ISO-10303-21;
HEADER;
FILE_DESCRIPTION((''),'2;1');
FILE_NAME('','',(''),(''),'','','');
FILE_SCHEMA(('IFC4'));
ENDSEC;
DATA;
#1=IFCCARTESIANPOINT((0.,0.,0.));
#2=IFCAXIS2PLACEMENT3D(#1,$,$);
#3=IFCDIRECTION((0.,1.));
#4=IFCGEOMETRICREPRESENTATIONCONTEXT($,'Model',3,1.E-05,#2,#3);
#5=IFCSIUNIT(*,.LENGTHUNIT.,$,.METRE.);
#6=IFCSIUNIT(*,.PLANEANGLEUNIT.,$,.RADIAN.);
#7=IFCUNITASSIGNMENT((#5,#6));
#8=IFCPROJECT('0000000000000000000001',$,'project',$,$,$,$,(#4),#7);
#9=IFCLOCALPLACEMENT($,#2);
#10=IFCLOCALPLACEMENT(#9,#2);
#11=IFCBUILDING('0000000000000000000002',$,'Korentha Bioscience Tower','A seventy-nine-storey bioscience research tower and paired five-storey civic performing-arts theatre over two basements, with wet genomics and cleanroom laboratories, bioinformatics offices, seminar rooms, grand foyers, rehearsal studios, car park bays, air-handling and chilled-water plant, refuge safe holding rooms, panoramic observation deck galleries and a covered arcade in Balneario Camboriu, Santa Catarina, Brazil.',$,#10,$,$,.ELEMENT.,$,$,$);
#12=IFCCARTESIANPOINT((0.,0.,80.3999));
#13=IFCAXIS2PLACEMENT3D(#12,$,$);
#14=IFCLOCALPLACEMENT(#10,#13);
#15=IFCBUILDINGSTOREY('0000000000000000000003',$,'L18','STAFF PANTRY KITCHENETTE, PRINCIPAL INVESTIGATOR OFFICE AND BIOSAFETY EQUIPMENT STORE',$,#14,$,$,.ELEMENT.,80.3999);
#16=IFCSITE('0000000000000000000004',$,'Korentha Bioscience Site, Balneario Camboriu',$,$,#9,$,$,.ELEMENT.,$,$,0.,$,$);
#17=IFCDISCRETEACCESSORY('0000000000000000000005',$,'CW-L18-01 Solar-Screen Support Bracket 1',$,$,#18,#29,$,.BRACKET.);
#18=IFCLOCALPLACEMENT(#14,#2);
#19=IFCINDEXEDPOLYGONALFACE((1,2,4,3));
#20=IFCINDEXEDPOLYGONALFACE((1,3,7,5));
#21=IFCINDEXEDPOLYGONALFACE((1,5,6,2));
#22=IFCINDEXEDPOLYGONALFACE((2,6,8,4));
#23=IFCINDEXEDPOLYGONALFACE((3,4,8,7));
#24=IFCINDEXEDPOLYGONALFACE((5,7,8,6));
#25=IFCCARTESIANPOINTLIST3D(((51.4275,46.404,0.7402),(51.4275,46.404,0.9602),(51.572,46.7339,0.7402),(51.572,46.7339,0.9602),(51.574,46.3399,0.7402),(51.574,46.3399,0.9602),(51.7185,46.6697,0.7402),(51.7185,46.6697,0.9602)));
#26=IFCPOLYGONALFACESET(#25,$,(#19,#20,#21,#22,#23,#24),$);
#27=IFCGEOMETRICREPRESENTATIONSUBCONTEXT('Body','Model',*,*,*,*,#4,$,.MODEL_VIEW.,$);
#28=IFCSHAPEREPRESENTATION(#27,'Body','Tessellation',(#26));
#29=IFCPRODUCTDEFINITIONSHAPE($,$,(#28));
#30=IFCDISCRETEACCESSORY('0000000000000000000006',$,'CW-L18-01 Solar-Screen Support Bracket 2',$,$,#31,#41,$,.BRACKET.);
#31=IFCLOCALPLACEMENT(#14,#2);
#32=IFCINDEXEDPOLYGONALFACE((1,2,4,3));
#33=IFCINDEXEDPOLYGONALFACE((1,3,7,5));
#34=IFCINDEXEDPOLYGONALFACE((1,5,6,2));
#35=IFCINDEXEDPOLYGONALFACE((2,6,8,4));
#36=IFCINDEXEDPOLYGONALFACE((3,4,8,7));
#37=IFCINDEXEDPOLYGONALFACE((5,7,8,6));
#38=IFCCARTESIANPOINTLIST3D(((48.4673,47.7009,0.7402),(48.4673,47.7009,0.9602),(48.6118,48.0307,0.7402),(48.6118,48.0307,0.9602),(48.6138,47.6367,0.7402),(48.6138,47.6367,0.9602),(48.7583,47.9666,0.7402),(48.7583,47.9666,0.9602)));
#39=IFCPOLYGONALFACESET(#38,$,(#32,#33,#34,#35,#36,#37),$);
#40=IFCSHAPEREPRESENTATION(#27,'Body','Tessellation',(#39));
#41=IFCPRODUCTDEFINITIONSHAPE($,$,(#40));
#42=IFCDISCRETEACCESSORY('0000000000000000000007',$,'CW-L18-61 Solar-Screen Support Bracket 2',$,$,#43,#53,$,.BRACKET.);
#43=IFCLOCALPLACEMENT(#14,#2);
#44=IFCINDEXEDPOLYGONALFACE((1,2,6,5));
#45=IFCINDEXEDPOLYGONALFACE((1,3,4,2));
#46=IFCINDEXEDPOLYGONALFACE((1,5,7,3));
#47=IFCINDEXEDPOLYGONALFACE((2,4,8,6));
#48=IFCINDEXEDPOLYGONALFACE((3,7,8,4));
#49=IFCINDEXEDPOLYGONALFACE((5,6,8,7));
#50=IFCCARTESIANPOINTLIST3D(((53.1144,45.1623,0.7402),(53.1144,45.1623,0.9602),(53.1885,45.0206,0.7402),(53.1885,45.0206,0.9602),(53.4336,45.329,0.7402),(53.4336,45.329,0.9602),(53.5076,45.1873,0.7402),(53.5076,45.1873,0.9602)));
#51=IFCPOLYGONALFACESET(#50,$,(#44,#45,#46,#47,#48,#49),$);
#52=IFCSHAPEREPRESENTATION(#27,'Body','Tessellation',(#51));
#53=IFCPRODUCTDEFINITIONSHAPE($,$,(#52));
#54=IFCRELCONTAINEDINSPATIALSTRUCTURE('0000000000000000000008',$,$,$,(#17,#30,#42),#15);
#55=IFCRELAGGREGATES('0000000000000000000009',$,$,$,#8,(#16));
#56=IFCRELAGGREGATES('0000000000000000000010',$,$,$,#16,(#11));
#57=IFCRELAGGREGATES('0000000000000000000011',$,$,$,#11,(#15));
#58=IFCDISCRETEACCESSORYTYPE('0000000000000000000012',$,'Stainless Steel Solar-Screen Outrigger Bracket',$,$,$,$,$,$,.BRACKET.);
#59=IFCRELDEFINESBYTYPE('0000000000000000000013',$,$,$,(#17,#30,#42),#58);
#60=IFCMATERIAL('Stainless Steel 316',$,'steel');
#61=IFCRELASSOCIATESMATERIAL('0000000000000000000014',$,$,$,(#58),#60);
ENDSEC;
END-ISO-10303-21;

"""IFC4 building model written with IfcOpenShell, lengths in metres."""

from ifc_helpers import new_model, si_unit, direction, frame, origin, origin_2d, place, context, subcontext, project, spatial, rectangle, extrude, material, type_object, element, save


model = new_model("IFC4")

# Units and contexts
model_context = context("Model", 3, precision=1e-05, world=origin(), true_north=direction((0.0, 1.0)))
body_context = subcontext(model_context, "Body", "Model", "MODEL_VIEW")
ifc_project = project(units=[si_unit("LENGTHUNIT", "METRE"), si_unit("PLANEANGLEUNIT", "RADIAN")], contexts=[model_context])

# Site, building, storey
site_placement = place(None, origin())
site = spatial("IfcSite", under=ifc_project, at=site_placement, Name="Korentha Bioscience Site, Balneario Camboriu", CompositionType="ELEMENT", RefElevation=0.0)
building_placement = place(site_placement, origin())
building = spatial("IfcBuilding", under=site, at=building_placement, Name="Korentha Bioscience Tower", Description="A seventy-nine-storey bioscience research tower and paired five-storey civic performing-arts theatre over two basements, with wet genomics and cleanroom laboratories, bioinformatics offices, seminar rooms, grand foyers, rehearsal studios, car park bays, air-handling and chilled-water plant, refuge safe holding rooms, panoramic observation deck galleries and a covered arcade in Balneario Camboriu, Santa Catarina, Brazil.", CompositionType="ELEMENT")
storey_placement = place(building_placement, frame((0.0, 0.0, 80.3999)))
storey = spatial("IfcBuildingStorey", under=building, at=storey_placement, Name="L18", Description="STAFF PANTRY KITCHENETTE, PRINCIPAL INVESTIGATOR OFFICE AND BIOSAFETY EQUIPMENT STORE", CompositionType="ELEMENT", Elevation=80.3999)

# Discrete accessories
ifc_material_1 = material(Name="Stainless Steel 316", Category="steel")
discrete_accessory_type = type_object("IfcDiscreteAccessoryType", Name="Stainless Steel Solar-Screen Outrigger Bracket", PredefinedType="BRACKET", material=ifc_material_1)
for number, where, z_axis, x_axis, name in (
    (1, (51.573, 46.5369, 0.7402), (0.0, 0.0, 1.0), (-0.915939, 0.401317, 0.0), "CW-L18-01 Solar-Screen Support Bracket 1"),
    (2, (48.6128, 47.8337, 0.7402), (0.0, 0.0, 1.0), (-0.915939, 0.401317, 0.0), "CW-L18-01 Solar-Screen Support Bracket 2"),
    (3, (53.311, 45.1748, 0.7402), (0.0, 0.0, 1.0), (-0.463009, 0.886354, 0.0), "CW-L18-61 Solar-Screen Support Bracket 2"),
):
    element("IfcDiscreteAccessory", number, at=place(storey_placement, frame(where, z_axis=z_axis, x_axis=x_axis)), inside=storey, type_object=discrete_accessory_type, Name=name, PredefinedType="BRACKET", context=body_context, shape_type="SweptSolid", body=[
        extrude(rectangle(XDim=0.1599, YDim=0.3601, at=origin_2d()), origin(), (0.0, 0.0, 1.0), 0.22),
    ])

save(model, "model.ifc")
